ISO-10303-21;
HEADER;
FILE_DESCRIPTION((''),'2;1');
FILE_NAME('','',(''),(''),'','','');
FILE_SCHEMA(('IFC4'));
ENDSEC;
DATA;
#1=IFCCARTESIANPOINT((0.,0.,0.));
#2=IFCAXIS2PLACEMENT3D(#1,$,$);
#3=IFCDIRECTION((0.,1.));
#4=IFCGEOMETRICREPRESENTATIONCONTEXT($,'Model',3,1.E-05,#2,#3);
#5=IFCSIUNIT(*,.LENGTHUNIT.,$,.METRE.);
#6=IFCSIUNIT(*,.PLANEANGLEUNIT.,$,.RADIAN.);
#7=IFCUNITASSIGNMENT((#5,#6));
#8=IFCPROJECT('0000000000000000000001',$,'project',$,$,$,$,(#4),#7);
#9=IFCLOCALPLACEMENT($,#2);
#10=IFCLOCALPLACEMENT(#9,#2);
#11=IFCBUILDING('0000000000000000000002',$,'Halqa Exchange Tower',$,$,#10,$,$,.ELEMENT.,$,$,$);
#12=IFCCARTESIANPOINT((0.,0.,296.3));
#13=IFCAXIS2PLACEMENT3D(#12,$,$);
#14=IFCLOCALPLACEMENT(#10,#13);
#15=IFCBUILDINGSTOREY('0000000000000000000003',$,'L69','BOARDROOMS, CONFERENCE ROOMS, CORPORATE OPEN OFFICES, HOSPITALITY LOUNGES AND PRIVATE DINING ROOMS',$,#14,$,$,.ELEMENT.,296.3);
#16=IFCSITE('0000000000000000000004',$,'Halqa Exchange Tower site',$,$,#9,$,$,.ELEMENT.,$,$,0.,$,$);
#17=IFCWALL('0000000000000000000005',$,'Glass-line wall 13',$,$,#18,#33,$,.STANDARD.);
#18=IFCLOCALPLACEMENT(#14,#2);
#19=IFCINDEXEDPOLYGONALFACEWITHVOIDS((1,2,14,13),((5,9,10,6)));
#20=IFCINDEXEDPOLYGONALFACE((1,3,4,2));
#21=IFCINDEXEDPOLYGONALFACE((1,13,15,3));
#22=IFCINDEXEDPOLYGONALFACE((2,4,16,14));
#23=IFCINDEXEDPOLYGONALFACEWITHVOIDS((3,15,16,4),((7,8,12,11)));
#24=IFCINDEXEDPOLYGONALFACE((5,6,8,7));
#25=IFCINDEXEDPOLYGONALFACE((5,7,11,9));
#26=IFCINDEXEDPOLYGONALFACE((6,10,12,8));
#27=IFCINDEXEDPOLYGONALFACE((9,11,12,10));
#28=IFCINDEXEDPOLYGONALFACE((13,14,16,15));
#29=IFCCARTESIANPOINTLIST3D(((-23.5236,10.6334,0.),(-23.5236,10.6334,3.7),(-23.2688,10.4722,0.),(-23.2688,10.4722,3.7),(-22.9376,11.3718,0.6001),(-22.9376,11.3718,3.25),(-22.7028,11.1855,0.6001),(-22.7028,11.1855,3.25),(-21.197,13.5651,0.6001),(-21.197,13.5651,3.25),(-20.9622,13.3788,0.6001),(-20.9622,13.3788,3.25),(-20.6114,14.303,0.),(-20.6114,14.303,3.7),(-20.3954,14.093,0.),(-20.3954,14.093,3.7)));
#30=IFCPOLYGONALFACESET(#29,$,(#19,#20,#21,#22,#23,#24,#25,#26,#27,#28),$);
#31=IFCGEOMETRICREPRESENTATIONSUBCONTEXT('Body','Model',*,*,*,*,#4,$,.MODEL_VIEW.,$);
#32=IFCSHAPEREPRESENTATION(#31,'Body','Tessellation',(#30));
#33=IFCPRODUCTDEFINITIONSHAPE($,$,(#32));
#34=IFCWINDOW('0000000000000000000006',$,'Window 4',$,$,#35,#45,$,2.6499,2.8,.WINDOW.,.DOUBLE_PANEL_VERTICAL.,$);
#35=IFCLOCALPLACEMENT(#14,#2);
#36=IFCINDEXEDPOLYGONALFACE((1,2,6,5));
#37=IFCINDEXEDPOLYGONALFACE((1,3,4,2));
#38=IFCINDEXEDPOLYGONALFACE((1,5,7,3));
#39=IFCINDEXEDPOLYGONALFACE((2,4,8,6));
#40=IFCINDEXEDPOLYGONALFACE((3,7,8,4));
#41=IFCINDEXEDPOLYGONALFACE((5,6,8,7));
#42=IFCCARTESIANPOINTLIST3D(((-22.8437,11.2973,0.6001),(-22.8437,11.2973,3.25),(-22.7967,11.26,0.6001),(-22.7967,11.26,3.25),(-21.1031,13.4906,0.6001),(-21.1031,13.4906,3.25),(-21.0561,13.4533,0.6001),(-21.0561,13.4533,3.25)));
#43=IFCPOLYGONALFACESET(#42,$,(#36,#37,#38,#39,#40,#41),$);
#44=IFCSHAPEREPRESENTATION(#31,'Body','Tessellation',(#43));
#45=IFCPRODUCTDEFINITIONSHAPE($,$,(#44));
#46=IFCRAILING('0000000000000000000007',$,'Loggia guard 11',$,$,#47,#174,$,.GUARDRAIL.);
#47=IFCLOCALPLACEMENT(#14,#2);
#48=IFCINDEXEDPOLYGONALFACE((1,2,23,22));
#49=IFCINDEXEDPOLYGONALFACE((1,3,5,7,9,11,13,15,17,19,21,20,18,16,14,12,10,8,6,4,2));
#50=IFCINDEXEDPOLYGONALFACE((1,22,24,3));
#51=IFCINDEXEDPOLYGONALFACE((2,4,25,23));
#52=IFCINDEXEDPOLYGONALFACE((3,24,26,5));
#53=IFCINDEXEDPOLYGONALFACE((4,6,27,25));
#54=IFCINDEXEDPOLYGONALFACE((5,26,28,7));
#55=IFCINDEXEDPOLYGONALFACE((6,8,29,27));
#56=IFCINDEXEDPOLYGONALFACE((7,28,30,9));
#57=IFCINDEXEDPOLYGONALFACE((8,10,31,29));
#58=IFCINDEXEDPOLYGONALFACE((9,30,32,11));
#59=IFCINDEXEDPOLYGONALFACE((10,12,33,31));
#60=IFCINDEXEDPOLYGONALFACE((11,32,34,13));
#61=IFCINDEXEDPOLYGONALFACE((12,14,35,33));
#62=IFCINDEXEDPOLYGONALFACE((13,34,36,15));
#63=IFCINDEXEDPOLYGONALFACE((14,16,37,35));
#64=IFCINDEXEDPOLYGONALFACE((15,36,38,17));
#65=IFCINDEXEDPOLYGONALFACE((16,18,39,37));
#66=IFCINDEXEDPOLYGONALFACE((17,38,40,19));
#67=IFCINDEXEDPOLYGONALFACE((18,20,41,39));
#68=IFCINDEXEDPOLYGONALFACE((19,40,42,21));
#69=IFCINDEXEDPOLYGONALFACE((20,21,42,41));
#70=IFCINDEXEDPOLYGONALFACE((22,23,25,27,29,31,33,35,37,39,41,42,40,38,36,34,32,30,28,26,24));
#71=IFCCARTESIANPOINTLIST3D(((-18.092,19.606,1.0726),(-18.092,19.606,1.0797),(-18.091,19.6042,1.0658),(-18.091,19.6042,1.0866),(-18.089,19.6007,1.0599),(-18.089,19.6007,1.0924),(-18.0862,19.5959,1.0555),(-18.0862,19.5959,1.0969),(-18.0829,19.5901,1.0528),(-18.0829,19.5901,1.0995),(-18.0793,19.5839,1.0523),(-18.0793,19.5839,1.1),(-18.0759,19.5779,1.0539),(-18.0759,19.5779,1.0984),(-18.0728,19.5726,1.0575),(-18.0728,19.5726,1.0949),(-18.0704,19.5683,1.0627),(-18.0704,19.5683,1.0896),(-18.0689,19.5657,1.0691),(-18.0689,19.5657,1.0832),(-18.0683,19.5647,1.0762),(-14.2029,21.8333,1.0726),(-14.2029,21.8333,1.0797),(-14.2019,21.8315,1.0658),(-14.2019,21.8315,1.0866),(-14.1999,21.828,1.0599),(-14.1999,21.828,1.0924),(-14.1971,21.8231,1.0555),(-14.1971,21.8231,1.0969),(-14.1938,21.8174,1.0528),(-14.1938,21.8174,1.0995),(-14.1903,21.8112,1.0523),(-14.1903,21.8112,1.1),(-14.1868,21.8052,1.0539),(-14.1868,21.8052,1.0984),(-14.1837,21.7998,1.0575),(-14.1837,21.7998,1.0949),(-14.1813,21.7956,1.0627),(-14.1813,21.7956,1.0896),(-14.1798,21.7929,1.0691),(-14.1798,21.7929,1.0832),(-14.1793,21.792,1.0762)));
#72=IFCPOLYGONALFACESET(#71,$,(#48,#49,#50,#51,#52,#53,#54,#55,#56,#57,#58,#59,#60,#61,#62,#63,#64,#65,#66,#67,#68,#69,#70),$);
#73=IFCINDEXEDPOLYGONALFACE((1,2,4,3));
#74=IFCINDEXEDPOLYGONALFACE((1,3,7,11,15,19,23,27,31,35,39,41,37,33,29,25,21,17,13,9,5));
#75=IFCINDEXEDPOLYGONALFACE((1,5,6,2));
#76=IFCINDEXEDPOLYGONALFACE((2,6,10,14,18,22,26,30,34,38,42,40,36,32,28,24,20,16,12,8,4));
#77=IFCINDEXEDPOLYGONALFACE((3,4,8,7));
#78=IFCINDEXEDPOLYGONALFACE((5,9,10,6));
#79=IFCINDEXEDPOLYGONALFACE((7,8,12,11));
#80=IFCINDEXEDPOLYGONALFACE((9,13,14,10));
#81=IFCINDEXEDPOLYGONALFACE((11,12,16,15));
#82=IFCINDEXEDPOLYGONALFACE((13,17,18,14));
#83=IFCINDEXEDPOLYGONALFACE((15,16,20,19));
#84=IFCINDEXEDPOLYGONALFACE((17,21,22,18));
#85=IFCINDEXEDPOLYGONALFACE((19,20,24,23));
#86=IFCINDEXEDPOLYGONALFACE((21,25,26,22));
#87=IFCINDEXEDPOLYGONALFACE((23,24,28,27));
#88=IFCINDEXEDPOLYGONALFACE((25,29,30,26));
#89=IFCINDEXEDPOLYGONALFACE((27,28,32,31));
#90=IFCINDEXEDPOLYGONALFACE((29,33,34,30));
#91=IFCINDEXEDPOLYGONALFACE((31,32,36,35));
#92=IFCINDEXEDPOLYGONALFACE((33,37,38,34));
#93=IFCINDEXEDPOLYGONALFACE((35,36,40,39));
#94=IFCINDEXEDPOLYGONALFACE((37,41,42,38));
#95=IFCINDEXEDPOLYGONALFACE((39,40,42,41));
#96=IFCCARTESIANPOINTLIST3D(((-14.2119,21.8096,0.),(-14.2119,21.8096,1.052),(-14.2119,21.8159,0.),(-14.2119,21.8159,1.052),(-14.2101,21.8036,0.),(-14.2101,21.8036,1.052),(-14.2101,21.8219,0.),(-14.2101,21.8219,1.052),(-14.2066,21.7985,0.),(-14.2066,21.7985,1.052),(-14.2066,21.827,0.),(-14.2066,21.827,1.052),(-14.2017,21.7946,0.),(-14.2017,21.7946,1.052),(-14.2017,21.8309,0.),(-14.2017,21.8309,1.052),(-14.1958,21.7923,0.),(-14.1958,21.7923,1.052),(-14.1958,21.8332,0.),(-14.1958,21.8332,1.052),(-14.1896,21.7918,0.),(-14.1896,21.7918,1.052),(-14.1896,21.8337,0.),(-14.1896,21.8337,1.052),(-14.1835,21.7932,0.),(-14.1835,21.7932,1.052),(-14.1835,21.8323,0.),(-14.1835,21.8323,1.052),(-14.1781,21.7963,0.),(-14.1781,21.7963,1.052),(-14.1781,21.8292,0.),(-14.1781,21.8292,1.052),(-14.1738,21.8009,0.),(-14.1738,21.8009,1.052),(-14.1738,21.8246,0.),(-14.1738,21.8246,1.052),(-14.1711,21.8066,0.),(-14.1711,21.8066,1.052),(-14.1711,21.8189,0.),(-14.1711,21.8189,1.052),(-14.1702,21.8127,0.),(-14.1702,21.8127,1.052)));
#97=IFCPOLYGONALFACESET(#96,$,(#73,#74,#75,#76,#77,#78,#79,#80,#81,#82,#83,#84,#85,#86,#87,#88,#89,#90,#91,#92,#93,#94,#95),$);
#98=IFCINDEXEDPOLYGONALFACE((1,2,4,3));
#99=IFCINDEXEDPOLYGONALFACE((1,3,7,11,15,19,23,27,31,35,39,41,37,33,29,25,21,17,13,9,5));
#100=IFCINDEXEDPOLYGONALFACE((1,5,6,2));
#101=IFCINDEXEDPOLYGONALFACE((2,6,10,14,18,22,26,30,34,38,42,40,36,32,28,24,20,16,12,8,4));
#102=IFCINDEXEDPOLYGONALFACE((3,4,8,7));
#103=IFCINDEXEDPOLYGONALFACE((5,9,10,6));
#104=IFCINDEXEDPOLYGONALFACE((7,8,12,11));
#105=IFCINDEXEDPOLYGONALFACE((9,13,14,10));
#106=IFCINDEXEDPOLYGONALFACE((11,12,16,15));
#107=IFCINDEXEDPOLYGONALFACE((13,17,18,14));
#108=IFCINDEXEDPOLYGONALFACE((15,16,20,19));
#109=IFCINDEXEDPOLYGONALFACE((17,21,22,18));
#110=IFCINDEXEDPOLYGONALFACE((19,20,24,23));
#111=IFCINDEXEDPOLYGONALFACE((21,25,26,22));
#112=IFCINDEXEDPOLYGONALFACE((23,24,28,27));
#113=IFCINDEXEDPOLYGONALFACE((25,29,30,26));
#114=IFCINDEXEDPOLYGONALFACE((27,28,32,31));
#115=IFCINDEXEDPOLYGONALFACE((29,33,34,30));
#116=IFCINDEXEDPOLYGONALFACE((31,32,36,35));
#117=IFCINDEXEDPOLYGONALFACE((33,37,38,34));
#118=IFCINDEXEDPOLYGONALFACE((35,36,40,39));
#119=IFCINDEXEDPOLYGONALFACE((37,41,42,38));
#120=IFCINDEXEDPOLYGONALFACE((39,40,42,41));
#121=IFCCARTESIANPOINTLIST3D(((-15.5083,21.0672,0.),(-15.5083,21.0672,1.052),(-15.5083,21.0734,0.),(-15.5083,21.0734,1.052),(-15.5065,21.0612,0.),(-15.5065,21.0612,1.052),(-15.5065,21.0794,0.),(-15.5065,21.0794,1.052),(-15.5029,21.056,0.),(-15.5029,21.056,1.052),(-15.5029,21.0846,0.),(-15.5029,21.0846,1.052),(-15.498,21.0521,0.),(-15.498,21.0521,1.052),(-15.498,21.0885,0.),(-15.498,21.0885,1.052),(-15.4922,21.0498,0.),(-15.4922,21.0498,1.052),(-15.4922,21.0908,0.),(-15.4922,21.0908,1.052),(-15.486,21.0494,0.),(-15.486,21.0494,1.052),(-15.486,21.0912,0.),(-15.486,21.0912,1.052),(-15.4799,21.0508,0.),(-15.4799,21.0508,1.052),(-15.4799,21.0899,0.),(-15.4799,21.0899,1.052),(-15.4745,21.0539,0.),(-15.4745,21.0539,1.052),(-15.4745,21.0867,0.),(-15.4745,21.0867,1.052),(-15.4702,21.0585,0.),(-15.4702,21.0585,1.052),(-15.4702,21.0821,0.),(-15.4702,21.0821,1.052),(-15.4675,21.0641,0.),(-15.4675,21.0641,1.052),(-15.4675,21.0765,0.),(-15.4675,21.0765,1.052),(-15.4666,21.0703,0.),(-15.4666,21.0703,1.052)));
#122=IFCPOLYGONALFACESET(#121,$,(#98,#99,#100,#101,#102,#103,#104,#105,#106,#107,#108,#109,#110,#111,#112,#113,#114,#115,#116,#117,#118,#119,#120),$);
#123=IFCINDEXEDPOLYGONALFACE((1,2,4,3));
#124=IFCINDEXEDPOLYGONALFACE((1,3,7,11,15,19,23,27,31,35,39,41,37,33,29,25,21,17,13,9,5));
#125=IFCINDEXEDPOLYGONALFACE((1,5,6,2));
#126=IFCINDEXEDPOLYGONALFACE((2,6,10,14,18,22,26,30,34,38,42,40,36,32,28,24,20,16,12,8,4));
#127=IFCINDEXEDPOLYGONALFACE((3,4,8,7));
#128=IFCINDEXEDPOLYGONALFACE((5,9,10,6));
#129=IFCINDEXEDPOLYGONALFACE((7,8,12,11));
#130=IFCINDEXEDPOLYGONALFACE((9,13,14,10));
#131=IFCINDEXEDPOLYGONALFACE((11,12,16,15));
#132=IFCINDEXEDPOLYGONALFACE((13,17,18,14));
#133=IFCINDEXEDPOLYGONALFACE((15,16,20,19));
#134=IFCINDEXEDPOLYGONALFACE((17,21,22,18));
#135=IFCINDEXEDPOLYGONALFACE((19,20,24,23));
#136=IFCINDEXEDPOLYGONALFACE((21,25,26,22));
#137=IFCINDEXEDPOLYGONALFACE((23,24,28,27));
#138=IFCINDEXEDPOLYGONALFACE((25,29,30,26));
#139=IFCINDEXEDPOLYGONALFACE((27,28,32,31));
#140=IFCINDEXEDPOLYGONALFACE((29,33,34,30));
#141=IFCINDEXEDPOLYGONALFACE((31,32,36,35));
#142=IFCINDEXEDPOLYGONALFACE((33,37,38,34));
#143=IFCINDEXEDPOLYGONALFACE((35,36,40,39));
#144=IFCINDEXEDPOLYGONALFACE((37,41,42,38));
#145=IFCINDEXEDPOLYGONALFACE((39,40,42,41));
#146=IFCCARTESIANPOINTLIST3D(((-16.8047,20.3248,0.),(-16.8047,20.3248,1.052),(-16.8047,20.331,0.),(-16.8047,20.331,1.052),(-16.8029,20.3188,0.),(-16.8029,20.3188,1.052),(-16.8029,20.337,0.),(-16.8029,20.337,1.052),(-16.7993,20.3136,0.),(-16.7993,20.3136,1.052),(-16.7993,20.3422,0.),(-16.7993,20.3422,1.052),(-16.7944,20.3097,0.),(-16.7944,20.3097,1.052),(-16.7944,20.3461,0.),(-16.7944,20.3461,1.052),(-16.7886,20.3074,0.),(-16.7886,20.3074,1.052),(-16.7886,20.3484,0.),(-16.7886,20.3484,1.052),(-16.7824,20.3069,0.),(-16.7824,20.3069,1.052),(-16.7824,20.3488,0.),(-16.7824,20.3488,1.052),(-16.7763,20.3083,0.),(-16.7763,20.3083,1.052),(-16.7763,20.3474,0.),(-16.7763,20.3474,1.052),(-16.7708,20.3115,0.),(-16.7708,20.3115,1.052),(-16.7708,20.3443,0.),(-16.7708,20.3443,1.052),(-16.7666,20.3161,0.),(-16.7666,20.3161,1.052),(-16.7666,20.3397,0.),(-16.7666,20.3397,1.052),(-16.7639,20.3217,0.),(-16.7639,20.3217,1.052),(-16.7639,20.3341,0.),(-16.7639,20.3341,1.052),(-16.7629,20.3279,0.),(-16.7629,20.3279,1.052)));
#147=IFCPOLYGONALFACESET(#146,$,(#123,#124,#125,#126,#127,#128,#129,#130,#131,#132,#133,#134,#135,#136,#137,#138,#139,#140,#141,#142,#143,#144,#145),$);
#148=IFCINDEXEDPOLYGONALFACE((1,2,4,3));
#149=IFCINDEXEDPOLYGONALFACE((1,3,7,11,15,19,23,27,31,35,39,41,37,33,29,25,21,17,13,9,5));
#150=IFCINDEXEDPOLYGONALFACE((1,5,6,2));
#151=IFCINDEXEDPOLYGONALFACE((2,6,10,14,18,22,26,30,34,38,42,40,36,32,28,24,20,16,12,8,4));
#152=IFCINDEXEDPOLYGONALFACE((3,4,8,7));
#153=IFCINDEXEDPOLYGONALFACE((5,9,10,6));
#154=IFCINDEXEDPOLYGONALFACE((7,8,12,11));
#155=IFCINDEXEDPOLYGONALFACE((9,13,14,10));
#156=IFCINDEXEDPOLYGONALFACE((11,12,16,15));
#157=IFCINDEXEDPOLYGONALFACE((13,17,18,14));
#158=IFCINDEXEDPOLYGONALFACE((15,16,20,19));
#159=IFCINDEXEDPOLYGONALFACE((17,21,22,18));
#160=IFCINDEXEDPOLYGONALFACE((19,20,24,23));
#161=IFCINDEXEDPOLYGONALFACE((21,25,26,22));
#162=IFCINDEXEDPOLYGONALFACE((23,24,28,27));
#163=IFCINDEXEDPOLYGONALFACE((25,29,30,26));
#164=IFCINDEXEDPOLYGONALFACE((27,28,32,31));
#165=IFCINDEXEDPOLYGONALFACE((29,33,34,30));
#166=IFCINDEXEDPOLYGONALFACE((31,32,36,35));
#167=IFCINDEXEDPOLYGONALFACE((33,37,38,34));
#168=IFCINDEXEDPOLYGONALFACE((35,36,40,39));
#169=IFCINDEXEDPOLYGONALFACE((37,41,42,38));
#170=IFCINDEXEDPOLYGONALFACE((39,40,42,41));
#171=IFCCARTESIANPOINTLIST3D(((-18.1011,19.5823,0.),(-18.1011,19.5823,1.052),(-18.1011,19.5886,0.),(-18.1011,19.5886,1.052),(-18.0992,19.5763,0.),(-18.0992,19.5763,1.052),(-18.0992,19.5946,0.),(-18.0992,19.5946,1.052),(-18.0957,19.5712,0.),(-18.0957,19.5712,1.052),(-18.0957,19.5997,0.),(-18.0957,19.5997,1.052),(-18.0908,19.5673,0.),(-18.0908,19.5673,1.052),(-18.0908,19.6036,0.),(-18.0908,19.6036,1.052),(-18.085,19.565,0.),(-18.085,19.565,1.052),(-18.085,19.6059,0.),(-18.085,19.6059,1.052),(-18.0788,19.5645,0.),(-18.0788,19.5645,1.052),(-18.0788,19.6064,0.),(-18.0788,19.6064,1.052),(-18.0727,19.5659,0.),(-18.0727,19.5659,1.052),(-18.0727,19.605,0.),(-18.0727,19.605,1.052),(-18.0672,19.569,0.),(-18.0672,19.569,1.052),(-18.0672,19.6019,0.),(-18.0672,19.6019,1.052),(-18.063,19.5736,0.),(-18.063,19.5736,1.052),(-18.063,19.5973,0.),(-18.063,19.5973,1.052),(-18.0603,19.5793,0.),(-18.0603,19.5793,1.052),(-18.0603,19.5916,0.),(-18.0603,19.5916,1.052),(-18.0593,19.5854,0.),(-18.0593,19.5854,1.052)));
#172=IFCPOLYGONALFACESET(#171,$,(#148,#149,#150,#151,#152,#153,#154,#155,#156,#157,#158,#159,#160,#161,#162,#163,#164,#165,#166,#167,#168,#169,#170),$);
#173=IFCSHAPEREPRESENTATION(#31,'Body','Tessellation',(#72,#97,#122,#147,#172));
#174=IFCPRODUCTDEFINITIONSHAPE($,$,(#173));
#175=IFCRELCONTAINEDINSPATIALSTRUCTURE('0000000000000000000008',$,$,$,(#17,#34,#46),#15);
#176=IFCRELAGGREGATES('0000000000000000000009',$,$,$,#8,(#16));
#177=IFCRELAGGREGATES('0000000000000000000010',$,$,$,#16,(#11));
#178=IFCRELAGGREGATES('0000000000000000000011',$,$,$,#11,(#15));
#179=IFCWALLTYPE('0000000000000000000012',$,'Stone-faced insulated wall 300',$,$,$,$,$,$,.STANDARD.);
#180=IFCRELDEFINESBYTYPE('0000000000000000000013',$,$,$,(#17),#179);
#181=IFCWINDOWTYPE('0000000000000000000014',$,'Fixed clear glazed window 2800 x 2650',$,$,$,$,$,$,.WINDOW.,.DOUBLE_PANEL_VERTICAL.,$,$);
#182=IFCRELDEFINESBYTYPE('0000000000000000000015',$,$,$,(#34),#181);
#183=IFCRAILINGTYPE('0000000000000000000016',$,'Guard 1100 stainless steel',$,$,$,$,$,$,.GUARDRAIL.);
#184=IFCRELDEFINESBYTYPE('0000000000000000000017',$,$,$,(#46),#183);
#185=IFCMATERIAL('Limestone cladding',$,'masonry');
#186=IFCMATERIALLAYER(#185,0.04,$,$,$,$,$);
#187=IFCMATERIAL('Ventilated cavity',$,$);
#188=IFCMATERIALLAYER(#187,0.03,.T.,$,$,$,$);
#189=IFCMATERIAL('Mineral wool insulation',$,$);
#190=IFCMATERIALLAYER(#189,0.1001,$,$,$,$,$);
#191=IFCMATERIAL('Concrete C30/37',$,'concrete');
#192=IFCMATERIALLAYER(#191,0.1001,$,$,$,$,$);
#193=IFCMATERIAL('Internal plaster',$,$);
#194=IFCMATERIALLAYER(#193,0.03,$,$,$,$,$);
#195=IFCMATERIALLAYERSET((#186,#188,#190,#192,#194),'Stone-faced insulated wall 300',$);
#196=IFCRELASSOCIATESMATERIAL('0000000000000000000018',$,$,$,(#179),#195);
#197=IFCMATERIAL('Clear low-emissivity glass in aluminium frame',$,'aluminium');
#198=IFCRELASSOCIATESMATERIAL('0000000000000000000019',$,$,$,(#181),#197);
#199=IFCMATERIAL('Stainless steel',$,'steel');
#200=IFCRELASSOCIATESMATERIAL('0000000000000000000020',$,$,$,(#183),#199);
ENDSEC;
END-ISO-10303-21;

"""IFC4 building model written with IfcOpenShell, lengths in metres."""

from ifc_helpers import new_model, si_unit, direction, frame, frame_2d, origin, origin_2d, place, context, subcontext, project, spatial, polyline, rectangle, circle, outline, extrude, material, layer, layer_set, type_object, element, fill, save


model = new_model("IFC4")

# Units and contexts
model_context = context("Model", 3, precision=1e-05, world=origin(), true_north=direction((0.0, 1.0)))
body_context = subcontext(model_context, "Body", "Model", "MODEL_VIEW")
ifc_project = project(units=[si_unit("LENGTHUNIT", "METRE"), si_unit("PLANEANGLEUNIT", "RADIAN")], contexts=[model_context])

# Site, building, storey
site_placement = place(None, origin())
site = spatial("IfcSite", under=ifc_project, at=site_placement, Name="Halqa Exchange Tower site", CompositionType="ELEMENT", RefElevation=0.0)
building_placement = place(site_placement, origin())
building = spatial("IfcBuilding", under=site, at=building_placement, Name="Halqa Exchange Tower", CompositionType="ELEMENT")
storey_placement = place(building_placement, frame((0.0, 0.0, 296.3)))
storey = spatial("IfcBuildingStorey", under=building, at=storey_placement, Name="L69", Description="BOARDROOMS, CONFERENCE ROOMS, CORPORATE OPEN OFFICES, HOSPITALITY LOUNGES AND PRIVATE DINING ROOMS", CompositionType="ELEMENT", Elevation=296.3)

# Shared definitions
ifc_material_1 = material(Name="Limestone cladding", Category="masonry")
ifc_layer_1 = layer(ifc_material_1, 0.04)
ifc_material_2 = material(Name="Ventilated cavity")
ifc_layer_2 = layer(ifc_material_2, 0.03, ventilated=True)
ifc_material_3 = material(Name="Mineral wool insulation")
ifc_layer_3 = layer(ifc_material_3, 0.1001)
ifc_material_4 = material(Name="Concrete C30/37", Category="concrete")
ifc_layer_4 = layer(ifc_material_4, 0.1001)
ifc_material_5 = material(Name="Internal plaster")
ifc_layer_5 = layer(ifc_material_5, 0.03)
ifc_layer_set_1 = layer_set([ifc_layer_1, ifc_layer_2, ifc_layer_3, ifc_layer_4, ifc_layer_5], Name="Stone-faced insulated wall 300")
wall_type_1 = type_object("IfcWallType", Name="Stone-faced insulated wall 300", PredefinedType="STANDARD", material=ifc_layer_set_1)
ifc_material_6 = material(Name="Clear low-emissivity glass in aluminium frame", Category="aluminium")
window_type = type_object("IfcWindowType", Name="Fixed clear glazed window 2800 x 2650", PartitioningType="DOUBLE_PANEL_VERTICAL", PredefinedType="WINDOW", material=ifc_material_6)

# Wall, opening, window
wall_1_placement = place(storey_placement, frame((-20.5034, 14.198, 0.0), z_axis=(0.0, 0.0, 1.0), x_axis=(-0.621626, -0.783314, 0.0)))
wall_1 = element("IfcWall", 1, at=wall_1_placement, inside=storey, type_object=wall_type_1, Name="Glass-line wall 13", PredefinedType="STANDARD", context=body_context, shape_type="SweptSolid", body=[
    extrude(outline(polyline([(-0.0151, -0.1499), (4.6697, -0.1499), (4.6375, 0.1499), (0.0151, 0.1499), (-0.0151, -0.1499)])), origin(), (0.0, 0.0, 1.0), 3.7),
])
opening_1_placement = place(wall_1_placement, frame((0.927, 0.0, 0.6001)))
opening_1 = element("IfcOpeningElement", 2, at=opening_1_placement, cuts=wall_1, PredefinedType="OPENING", context=body_context, shape_type="SweptSolid", body=[
    extrude(rectangle(XDim=2.8, YDim=2.6499, at=frame_2d((1.3999, 1.325))), frame((0.0, 0.1621, 0.0), z_axis=(0.0, -1.0, 0.0), x_axis=(1.0, 0.0, 0.0)), (0.0, 0.0, 1.0), 0.324),
])
window_1_placement = place(opening_1_placement, origin())
window_1 = element("IfcWindow", 3, at=window_1_placement, inside=storey, type_object=window_type, Name="Window 4", OverallHeight=2.6499, OverallWidth=2.8, PartitioningType="DOUBLE_PANEL_VERTICAL", PredefinedType="WINDOW", context=body_context, shape_type="SweptSolid", body=[
    extrude(rectangle(XDim=2.8, YDim=2.6499, at=frame_2d((1.3999, 1.325))), frame((0.0, 0.03, 0.0), z_axis=(0.0, -1.0, 0.0), x_axis=(1.0, 0.0, 0.0)), (0.0, 0.0, 1.0), 0.0601),
])
fill(opening_1, window_1)

# Railing
ifc_material_7 = material(Name="Stainless steel", Category="steel")
railing_type = type_object("IfcRailingType", Name="Guard 1100 stainless steel", PredefinedType="GUARDRAIL", material=ifc_material_7)
railing_1_placement = place(storey_placement, frame((-14.1912, 21.8127, 0.0)))
element("IfcRailing", 4, at=railing_1_placement, inside=storey, type_object=railing_type, Name="Loggia guard 11", PredefinedType="GUARDRAIL", context=body_context, shape_type="SweptSolid", body=[
    extrude(circle(Radius=0.0239, at=origin_2d()), frame((0.0, 0.0, 1.0762), z_axis=(-0.86777, -0.496966, 0.0), x_axis=(0.496966, -0.86777, 0.0)), (0.0, 0.0, 1.0), 4.4817),
    extrude(circle(Radius=0.021, at=origin_2d()), origin(), (0.0, 0.0, 1.0), 1.052),
    extrude(circle(Radius=0.021, at=origin_2d()), frame((-1.2964, -0.7424, 0.0)), (0.0, 0.0, 1.0), 1.052),
    extrude(circle(Radius=0.021, at=origin_2d()), frame((-2.5928, -1.4849, 0.0)), (0.0, 0.0, 1.0), 1.052),
    extrude(circle(Radius=0.021, at=origin_2d()), frame((-3.8892, -2.2273, 0.0)), (0.0, 0.0, 1.0), 1.052),
])

save(model, "model.ifc")
